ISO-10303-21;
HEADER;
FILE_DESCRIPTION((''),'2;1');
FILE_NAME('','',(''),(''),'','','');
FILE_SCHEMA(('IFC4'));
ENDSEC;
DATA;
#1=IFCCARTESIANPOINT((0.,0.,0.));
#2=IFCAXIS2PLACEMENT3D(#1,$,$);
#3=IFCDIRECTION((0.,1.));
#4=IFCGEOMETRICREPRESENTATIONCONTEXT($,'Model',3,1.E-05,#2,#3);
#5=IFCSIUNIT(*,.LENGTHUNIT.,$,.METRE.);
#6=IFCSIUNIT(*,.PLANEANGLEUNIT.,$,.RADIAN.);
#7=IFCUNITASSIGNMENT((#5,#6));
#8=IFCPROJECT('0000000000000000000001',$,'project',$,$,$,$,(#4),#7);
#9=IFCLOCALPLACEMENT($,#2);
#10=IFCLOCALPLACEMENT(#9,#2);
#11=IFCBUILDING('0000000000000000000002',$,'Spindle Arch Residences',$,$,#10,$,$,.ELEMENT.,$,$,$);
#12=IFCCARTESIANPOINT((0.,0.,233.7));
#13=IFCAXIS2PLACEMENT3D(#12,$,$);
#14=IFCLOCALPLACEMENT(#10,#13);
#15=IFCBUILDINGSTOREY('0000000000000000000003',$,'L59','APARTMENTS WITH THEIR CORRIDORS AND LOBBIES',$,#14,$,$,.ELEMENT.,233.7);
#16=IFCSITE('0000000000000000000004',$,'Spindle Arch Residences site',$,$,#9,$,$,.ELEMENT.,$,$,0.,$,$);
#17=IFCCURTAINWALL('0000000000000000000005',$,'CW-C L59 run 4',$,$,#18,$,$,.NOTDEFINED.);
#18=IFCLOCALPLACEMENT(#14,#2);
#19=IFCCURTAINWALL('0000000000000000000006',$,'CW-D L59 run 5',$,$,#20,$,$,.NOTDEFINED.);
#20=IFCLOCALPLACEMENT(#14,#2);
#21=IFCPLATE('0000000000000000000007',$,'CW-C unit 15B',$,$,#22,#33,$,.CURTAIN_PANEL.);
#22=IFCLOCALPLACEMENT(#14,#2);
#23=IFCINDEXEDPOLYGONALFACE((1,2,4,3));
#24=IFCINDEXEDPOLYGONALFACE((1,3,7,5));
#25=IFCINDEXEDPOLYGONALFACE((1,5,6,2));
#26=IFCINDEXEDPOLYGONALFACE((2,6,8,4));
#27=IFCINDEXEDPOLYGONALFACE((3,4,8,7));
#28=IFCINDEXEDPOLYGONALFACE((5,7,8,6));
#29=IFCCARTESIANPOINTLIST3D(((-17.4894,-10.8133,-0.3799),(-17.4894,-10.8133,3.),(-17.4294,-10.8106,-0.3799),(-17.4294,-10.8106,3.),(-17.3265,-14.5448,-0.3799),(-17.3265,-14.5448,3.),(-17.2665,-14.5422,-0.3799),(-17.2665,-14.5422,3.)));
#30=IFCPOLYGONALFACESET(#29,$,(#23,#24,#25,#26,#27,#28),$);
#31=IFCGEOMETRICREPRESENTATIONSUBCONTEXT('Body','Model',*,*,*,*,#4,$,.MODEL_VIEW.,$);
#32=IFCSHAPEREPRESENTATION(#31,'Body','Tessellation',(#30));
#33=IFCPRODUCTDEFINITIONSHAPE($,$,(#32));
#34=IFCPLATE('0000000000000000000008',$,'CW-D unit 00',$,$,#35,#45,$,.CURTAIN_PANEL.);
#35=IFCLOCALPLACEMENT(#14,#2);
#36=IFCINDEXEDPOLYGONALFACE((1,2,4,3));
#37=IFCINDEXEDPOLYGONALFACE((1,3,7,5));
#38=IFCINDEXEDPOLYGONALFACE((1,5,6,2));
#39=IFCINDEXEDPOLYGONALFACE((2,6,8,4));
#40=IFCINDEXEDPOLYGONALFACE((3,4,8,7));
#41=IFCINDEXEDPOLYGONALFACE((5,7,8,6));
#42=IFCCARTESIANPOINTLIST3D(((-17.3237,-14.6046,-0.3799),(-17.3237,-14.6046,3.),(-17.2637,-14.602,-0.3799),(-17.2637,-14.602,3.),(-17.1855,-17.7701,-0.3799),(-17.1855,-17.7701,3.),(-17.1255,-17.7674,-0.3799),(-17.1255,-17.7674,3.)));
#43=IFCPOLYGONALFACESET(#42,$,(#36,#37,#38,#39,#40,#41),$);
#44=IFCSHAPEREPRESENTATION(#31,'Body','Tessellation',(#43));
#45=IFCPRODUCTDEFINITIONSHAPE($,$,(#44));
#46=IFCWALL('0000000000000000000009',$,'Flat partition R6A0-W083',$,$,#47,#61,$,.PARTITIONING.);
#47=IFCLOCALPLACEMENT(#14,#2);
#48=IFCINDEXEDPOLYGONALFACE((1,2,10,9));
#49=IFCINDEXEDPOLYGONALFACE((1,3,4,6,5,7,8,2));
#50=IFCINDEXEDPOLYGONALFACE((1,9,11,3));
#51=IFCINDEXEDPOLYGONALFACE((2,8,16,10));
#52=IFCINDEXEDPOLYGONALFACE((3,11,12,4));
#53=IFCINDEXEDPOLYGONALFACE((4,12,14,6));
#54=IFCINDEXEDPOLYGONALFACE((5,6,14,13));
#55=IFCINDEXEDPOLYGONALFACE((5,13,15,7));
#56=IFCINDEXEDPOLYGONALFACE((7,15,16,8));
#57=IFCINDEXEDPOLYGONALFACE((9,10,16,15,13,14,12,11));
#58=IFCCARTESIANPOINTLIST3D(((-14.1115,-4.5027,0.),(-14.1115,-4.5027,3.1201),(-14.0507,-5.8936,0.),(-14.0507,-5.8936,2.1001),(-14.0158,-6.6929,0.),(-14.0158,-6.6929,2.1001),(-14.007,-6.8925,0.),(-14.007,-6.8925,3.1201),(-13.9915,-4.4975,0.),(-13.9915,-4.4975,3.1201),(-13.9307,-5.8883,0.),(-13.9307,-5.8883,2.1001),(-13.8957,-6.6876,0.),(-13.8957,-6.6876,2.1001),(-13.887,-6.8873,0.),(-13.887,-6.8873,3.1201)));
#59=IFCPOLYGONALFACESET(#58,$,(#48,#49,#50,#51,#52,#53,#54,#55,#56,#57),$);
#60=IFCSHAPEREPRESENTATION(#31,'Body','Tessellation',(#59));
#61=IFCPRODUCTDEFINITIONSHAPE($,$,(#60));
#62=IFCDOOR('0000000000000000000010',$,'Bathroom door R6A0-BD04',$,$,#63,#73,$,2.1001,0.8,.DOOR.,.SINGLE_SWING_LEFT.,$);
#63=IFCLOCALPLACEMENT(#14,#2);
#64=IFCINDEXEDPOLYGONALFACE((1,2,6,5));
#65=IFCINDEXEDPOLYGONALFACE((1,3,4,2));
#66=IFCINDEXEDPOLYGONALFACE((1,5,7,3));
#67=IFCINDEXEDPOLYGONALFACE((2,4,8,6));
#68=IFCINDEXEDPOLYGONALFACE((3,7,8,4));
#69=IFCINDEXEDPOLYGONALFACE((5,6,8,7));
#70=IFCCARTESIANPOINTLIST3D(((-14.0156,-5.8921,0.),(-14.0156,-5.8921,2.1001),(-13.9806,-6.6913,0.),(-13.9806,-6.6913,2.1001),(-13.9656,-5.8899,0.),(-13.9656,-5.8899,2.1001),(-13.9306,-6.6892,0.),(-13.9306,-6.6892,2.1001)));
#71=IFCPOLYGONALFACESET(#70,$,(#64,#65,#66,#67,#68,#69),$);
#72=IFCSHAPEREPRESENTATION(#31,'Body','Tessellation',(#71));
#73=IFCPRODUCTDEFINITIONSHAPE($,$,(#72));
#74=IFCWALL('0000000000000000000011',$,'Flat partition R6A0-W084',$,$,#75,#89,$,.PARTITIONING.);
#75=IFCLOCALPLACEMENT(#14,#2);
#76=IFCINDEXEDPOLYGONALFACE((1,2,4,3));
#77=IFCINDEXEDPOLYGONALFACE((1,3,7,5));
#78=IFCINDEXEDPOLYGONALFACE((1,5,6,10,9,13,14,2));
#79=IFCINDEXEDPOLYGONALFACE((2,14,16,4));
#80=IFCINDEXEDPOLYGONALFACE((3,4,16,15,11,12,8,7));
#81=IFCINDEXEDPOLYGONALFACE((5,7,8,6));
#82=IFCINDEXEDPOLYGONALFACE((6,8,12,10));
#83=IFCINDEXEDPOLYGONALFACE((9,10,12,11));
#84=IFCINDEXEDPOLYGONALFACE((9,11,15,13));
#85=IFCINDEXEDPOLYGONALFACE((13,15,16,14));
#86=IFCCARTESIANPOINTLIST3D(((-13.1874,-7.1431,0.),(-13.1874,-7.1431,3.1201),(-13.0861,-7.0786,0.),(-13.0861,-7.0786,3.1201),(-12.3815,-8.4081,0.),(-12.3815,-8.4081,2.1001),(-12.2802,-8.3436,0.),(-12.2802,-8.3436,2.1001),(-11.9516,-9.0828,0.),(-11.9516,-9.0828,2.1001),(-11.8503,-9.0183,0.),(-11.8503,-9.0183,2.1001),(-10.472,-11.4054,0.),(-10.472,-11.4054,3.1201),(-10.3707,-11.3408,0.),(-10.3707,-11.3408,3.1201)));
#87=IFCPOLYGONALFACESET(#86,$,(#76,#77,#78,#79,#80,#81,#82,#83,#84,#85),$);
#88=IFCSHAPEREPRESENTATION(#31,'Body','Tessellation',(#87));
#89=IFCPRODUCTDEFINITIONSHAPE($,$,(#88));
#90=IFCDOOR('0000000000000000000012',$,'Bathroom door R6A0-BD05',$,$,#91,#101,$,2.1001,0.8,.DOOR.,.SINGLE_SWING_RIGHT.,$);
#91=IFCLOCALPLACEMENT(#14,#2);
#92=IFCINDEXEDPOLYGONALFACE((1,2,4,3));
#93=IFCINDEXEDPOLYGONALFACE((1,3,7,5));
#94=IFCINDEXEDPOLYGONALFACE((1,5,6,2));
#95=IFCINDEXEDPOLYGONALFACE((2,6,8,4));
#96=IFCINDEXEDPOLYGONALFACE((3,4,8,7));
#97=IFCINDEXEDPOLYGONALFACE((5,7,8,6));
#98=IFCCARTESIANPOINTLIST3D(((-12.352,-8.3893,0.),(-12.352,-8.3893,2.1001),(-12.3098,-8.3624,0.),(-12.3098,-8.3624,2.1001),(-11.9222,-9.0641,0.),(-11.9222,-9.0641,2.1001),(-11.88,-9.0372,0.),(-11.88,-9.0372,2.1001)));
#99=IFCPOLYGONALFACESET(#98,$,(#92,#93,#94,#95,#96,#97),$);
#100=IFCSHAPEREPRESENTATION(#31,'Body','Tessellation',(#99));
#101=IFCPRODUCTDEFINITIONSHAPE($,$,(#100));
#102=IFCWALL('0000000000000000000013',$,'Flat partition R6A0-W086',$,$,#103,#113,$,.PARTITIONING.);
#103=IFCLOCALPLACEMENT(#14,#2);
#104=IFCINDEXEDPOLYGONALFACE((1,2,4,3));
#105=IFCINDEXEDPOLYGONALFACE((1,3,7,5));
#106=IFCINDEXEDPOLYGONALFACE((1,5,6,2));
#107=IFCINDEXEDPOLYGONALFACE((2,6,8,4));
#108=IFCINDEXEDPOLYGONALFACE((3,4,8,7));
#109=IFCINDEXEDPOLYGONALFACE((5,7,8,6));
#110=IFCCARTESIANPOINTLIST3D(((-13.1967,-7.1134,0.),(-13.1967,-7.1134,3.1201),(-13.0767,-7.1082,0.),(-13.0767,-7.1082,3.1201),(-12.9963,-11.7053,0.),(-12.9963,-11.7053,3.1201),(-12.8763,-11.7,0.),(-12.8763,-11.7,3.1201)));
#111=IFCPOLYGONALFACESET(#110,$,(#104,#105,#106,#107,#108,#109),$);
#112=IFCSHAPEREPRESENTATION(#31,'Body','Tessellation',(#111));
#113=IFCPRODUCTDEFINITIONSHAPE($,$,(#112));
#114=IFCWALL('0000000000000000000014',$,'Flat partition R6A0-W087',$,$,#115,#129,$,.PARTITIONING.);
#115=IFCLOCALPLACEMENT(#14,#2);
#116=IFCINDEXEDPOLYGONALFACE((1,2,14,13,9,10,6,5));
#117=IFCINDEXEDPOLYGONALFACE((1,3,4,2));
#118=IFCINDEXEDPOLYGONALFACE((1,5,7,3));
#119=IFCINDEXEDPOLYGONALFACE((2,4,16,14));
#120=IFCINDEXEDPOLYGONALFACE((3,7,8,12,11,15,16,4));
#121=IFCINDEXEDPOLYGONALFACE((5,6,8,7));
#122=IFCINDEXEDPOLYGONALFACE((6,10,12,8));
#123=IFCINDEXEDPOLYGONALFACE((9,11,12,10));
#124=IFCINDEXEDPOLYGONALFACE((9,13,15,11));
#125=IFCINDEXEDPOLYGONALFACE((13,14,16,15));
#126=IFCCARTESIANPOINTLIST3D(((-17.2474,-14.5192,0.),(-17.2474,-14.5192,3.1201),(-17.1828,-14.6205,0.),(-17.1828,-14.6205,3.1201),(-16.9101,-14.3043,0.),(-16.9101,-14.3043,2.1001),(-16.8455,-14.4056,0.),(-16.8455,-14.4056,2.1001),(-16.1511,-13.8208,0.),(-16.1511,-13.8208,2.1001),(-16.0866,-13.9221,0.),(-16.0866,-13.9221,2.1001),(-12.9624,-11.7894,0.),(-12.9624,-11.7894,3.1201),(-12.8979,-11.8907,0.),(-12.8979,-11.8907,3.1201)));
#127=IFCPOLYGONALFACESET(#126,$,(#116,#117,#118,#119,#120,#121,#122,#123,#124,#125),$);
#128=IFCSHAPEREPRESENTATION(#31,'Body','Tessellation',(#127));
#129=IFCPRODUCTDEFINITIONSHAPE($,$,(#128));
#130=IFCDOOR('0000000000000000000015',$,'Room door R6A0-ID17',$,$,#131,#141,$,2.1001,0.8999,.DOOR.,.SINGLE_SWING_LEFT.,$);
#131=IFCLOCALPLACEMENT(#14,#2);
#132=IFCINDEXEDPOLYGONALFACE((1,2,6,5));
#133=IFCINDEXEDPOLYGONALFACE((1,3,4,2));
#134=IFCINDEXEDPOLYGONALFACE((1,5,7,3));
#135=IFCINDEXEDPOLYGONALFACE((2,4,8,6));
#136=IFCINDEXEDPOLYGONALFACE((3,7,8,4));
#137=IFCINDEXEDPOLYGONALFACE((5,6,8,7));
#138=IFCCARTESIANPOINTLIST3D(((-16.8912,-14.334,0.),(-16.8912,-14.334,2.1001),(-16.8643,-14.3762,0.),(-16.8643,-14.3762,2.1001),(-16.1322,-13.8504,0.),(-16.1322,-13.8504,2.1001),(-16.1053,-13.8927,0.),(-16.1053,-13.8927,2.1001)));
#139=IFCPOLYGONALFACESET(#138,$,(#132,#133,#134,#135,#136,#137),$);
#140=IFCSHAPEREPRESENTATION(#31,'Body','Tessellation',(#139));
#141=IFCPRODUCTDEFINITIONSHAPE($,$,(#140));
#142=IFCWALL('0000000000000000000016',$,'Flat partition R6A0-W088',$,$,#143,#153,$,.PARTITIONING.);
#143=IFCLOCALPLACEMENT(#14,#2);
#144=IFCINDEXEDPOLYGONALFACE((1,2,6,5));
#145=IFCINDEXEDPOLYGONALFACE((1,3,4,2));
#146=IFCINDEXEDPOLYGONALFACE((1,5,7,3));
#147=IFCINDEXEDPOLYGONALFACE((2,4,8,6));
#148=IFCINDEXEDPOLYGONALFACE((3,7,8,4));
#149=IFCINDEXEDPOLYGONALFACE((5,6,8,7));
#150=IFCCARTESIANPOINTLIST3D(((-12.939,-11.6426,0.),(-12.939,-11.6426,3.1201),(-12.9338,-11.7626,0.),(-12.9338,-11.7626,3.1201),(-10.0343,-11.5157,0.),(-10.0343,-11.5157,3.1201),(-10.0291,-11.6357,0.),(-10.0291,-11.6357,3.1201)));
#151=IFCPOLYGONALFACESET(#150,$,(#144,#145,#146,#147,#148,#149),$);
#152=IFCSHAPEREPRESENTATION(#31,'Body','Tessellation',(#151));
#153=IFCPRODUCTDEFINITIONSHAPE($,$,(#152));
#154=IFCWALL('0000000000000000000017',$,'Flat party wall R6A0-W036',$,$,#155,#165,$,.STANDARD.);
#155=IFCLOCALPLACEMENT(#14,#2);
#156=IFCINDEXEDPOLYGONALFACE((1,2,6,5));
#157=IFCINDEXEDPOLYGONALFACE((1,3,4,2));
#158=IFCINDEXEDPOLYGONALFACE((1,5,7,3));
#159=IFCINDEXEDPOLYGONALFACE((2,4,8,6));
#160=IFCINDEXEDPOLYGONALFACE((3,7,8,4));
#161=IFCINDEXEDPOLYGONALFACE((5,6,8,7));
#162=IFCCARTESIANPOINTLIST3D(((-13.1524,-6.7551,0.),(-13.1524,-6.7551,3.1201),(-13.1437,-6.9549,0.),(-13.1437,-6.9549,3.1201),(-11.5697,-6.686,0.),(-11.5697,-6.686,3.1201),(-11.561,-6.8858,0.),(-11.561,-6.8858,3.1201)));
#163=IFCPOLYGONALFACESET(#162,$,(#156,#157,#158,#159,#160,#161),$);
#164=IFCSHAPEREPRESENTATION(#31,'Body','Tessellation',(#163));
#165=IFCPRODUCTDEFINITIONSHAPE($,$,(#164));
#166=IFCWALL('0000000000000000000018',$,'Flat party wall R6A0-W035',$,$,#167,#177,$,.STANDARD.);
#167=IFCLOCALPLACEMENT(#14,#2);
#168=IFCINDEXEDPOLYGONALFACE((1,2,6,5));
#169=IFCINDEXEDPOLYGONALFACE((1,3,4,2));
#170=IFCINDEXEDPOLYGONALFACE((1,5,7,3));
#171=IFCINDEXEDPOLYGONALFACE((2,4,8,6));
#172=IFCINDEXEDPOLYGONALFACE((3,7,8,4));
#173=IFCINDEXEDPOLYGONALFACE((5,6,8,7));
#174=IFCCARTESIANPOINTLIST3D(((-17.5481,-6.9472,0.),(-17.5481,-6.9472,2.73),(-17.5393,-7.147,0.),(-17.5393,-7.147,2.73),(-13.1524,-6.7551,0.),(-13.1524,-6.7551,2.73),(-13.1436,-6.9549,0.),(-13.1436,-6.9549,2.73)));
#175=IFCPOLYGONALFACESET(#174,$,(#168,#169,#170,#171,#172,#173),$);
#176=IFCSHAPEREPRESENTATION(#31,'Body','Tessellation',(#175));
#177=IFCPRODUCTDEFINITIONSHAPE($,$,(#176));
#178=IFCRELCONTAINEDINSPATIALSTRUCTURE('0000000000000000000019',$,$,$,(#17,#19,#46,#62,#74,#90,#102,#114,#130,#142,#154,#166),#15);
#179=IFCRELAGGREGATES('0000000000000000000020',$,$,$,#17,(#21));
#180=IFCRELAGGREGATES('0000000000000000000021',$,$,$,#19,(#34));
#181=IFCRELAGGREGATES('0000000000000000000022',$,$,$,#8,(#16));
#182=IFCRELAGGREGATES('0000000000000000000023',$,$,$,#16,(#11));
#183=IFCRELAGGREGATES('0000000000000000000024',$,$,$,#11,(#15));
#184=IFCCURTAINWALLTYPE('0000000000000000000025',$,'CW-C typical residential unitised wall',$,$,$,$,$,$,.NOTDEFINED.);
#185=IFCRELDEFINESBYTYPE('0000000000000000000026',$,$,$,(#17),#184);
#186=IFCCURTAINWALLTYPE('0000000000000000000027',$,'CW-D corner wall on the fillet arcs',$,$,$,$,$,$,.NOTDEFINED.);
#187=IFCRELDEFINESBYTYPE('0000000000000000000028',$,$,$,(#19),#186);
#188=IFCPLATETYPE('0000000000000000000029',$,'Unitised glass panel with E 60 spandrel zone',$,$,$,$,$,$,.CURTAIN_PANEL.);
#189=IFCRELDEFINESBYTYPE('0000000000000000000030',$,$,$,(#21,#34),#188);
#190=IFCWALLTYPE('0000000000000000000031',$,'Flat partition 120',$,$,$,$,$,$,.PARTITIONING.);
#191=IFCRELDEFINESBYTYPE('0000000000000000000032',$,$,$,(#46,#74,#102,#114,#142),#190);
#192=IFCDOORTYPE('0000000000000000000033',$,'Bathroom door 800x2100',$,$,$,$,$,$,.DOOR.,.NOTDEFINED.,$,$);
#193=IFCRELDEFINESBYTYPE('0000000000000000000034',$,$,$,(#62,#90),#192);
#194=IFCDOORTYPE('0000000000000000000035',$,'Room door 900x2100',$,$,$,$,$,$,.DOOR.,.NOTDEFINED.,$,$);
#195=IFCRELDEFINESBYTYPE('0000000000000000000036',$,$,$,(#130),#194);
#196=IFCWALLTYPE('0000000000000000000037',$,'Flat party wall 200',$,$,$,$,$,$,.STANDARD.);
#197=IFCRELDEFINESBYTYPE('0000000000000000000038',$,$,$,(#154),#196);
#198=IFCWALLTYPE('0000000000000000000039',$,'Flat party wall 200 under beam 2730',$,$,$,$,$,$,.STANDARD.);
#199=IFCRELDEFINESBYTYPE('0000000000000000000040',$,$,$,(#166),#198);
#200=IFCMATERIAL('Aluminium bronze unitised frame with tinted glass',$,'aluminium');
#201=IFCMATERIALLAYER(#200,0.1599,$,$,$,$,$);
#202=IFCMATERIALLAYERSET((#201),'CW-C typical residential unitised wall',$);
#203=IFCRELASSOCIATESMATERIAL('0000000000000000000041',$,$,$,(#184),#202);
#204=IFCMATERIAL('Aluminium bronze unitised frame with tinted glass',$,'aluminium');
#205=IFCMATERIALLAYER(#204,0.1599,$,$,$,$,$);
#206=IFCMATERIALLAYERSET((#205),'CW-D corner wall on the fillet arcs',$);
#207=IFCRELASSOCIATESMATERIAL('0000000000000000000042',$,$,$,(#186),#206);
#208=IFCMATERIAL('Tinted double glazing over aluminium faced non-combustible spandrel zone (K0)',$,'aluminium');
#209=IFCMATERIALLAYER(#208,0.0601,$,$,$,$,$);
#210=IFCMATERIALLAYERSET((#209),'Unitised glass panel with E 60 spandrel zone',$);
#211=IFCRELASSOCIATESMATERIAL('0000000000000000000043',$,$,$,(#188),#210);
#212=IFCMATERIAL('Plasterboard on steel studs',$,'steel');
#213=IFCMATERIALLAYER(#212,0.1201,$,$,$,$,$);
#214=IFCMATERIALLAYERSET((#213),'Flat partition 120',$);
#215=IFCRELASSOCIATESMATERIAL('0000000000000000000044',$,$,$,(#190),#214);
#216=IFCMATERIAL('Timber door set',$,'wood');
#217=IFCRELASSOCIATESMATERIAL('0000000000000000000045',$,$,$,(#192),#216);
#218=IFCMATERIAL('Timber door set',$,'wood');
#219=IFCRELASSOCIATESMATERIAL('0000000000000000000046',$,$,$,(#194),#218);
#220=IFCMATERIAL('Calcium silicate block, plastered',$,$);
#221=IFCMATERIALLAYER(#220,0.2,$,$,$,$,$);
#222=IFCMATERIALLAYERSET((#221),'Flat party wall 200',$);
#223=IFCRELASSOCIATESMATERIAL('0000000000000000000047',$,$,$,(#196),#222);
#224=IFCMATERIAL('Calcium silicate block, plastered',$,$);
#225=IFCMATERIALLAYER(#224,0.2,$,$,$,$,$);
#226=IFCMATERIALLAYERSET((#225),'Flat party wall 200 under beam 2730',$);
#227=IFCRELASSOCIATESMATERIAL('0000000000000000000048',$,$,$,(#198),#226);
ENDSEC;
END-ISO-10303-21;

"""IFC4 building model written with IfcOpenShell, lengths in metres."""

from ifc_helpers import new_model, si_unit, direction, frame, frame_2d, origin, origin_2d, place, context, subcontext, project, spatial, rectangle, extrude, material, layer, layer_set, type_object, element, fill, aggregate, save


model = new_model("IFC4")

# Units and contexts
model_context = context("Model", 3, precision=1e-05, world=origin(), true_north=direction((0.0, 1.0)))
body_context = subcontext(model_context, "Body", "Model", "MODEL_VIEW")
ifc_project = project(units=[si_unit("LENGTHUNIT", "METRE"), si_unit("PLANEANGLEUNIT", "RADIAN")], contexts=[model_context])

# Site, building, storey
site_placement = place(None, origin())
site = spatial("IfcSite", under=ifc_project, at=site_placement, Name="Spindle Arch Residences site", CompositionType="ELEMENT", RefElevation=0.0)
building_placement = place(site_placement, origin())
building = spatial("IfcBuilding", under=site, at=building_placement, Name="Spindle Arch Residences", CompositionType="ELEMENT")
storey_placement = place(building_placement, frame((0.0, 0.0, 233.7)))
storey = spatial("IfcBuildingStorey", under=building, at=storey_placement, Name="L59", Description="APARTMENTS WITH THEIR CORRIDORS AND LOBBIES", CompositionType="ELEMENT", Elevation=233.7)

# Curtain wall
ifc_material_1 = material(Name="Aluminium bronze unitised frame with tinted glass", Category="aluminium")
ifc_layer_1 = layer(ifc_material_1, 0.1599)
ifc_layer_set_1 = layer_set([ifc_layer_1], Name="CW-C typical residential unitised wall")
curtain_wall_type_1 = type_object("IfcCurtainWallType", Name="CW-C typical residential unitised wall", PredefinedType="NOTDEFINED", material=ifc_layer_set_1)
curtain_wall_1_placement = place(storey_placement, origin())
curtain_wall_1 = element("IfcCurtainWall", 1, at=curtain_wall_1_placement, inside=storey, type_object=curtain_wall_type_1, Name="CW-C L59 run 4", PredefinedType="NOTDEFINED")

# Curtain wall
ifc_material_2 = material(Name="Aluminium bronze unitised frame with tinted glass", Category="aluminium")
ifc_layer_2 = layer(ifc_material_2, 0.1599)
ifc_layer_set_2 = layer_set([ifc_layer_2], Name="CW-D corner wall on the fillet arcs")
curtain_wall_type_2 = type_object("IfcCurtainWallType", Name="CW-D corner wall on the fillet arcs", PredefinedType="NOTDEFINED", material=ifc_layer_set_2)
curtain_wall_2_placement = place(storey_placement, origin())
curtain_wall_2 = element("IfcCurtainWall", 2, at=curtain_wall_2_placement, inside=storey, type_object=curtain_wall_type_2, Name="CW-D L59 run 5", PredefinedType="NOTDEFINED")

# Plates
ifc_material_3 = material(Name="Tinted double glazing over aluminium faced non-combustible spandrel zone (K0)", Category="aluminium")
ifc_layer_3 = layer(ifc_material_3, 0.0601)
ifc_layer_set_3 = layer_set([ifc_layer_3], Name="Unitised glass panel with E 60 spandrel zone")
plate_type = type_object("IfcPlateType", Name="Unitised glass panel with E 60 spandrel zone", PredefinedType="CURTAIN_PANEL", material=ifc_layer_set_3)
plate_1_placement = place(storey_placement, frame((-17.3779, -12.6777, -0.3799), z_axis=(0.0, 0.0, 1.0), x_axis=(0.043619, -0.999048, 0.0)))
plate_1 = element("IfcPlate", 3, at=plate_1_placement, type_object=plate_type, Name="CW-C unit 15B", PredefinedType="CURTAIN_PANEL", context=body_context, shape_type="SweptSolid", body=[
    extrude(rectangle(XDim=3.7351, YDim=0.0601, at=origin_2d()), origin(), (0.0, 0.0, 1.0), 3.3799),
])
aggregate(curtain_wall_1, [plate_1])
plate_2_placement = place(storey_placement, frame((-17.2246, -16.186, -0.3799), z_axis=(0.0, 0.0, 1.0), x_axis=(0.043619, -0.999048, 0.0)))
plate_2 = element("IfcPlate", 4, at=plate_2_placement, type_object=plate_type, Name="CW-D unit 00", PredefinedType="CURTAIN_PANEL", context=body_context, shape_type="SweptSolid", body=[
    extrude(rectangle(XDim=3.1685, YDim=0.0601, at=origin_2d()), origin(), (0.0, 0.0, 1.0), 3.3799),
])
aggregate(curtain_wall_2, [plate_2])

# Walls, openings, doors
ifc_material_4 = material(Name="Plasterboard on steel studs", Category="steel")
ifc_layer_4 = layer(ifc_material_4, 0.1201)
ifc_layer_set_4 = layer_set([ifc_layer_4], Name="Flat partition 120")
wall_type_1 = type_object("IfcWallType", Name="Flat partition 120", PredefinedType="PARTITIONING", material=ifc_layer_set_4)
wall_1_placement = place(storey_placement, frame((-13.947, -6.8899, 0.0), z_axis=(0.0, 0.0, 1.0), x_axis=(-0.043681, 0.999046, 0.0)))
wall_1 = element("IfcWall", 5, at=wall_1_placement, inside=storey, type_object=wall_type_1, Name="Flat partition R6A0-W083", PredefinedType="PARTITIONING", context=body_context, shape_type="SweptSolid", body=[
    extrude(rectangle(XDim=2.3921, YDim=0.1201, at=frame_2d((1.196, 0.0))), origin(), (0.0, 0.0, 1.0), 3.1201),
])
opening_1_placement = place(wall_1_placement, frame((0.2, 0.0, 0.0)))
opening_1 = element("IfcOpeningElement", 6, at=opening_1_placement, cuts=wall_1, PredefinedType="OPENING", context=body_context, shape_type="SweptSolid", body=[
    extrude(rectangle(XDim=0.8, YDim=2.1001, at=frame_2d((0.3999, 1.05))), frame((0.0, 0.0701, 0.0), z_axis=(0.0, -1.0, 0.0), x_axis=(1.0, 0.0, 0.0)), (0.0, 0.0, 1.0), 0.1401),
])
ifc_material_5 = material(Name="Timber door set", Category="wood")
door_type_1 = type_object("IfcDoorType", Name="Bathroom door 800x2100", OperationType="NOTDEFINED", PredefinedType="DOOR", material=ifc_material_5)
door_1_placement = place(opening_1_placement, origin())
door_1 = element("IfcDoor", 7, at=door_1_placement, inside=storey, type_object=door_type_1, Name="Bathroom door R6A0-BD04", OperationType="SINGLE_SWING_LEFT", OverallHeight=2.1001, OverallWidth=0.8, PredefinedType="DOOR", context=body_context, shape_type="SweptSolid", body=[
    extrude(rectangle(XDim=0.8, YDim=2.1001, at=frame_2d((0.3999, 1.05))), frame((0.0, 0.0249, 0.0), z_axis=(0.0, -1.0, 0.0), x_axis=(1.0, 0.0, 0.0)), (0.0, 0.0, 1.0), 0.05),
])
fill(opening_1, door_1)
wall_2_placement = place(storey_placement, frame((-13.1367, -7.1108, 0.0), z_axis=(0.0, 0.0, 1.0), x_axis=(0.537301, -0.843391, 0.0)))
wall_2 = element("IfcWall", 8, at=wall_2_placement, inside=storey, type_object=wall_type_1, Name="Flat partition R6A0-W084", PredefinedType="PARTITIONING", context=body_context, shape_type="SweptSolid", body=[
    extrude(rectangle(XDim=5.0537, YDim=0.1201, at=frame_2d((2.5269, 0.0))), origin(), (0.0, 0.0, 1.0), 3.1201),
])
opening_2_placement = place(wall_2_placement, frame((1.5, 0.0, 0.0)))
opening_2 = element("IfcOpeningElement", 9, at=opening_2_placement, cuts=wall_2, PredefinedType="OPENING", context=body_context, shape_type="SweptSolid", body=[
    extrude(rectangle(XDim=0.8, YDim=2.1001, at=frame_2d((0.3999, 1.05))), frame((0.0, 0.0701, 0.0), z_axis=(0.0, -1.0, 0.0), x_axis=(1.0, 0.0, 0.0)), (0.0, 0.0, 1.0), 0.1401),
])
door_2_placement = place(opening_2_placement, origin())
door_2 = element("IfcDoor", 10, at=door_2_placement, inside=storey, type_object=door_type_1, Name="Bathroom door R6A0-BD05", OperationType="SINGLE_SWING_RIGHT", OverallHeight=2.1001, OverallWidth=0.8, PredefinedType="DOOR", context=body_context, shape_type="SweptSolid", body=[
    extrude(rectangle(XDim=0.8, YDim=2.1001, at=frame_2d((0.3999, 1.05))), frame((0.0, 0.0249, 0.0), z_axis=(0.0, -1.0, 0.0), x_axis=(1.0, 0.0, 0.0)), (0.0, 0.0, 1.0), 0.05),
])
fill(opening_2, door_2)

# Wall
wall_3_placement = place(storey_placement, frame((-12.9363, -11.7026, 0.0), z_axis=(0.0, 0.0, 1.0), x_axis=(-0.04361, 0.999049, 0.0)))
element("IfcWall", 11, at=wall_3_placement, inside=storey, type_object=wall_type_1, Name="Flat partition R6A0-W086", PredefinedType="PARTITIONING", context=body_context, shape_type="SweptSolid", body=[
    extrude(rectangle(XDim=4.5962, YDim=0.1201, at=frame_2d((2.2981, 0.0))), origin(), (0.0, 0.0, 1.0), 3.1201),
])

# Wall, opening, door
wall_4_placement = place(storey_placement, frame((-17.2151, -14.5698, 0.0), z_axis=(0.0, 0.0, 1.0), x_axis=(0.843396, 0.537292, 0.0)))
wall_4 = element("IfcWall", 12, at=wall_4_placement, inside=storey, type_object=wall_type_1, Name="Flat partition R6A0-W087", PredefinedType="PARTITIONING", context=body_context, shape_type="SweptSolid", body=[
    extrude(rectangle(XDim=5.0806, YDim=0.1201, at=frame_2d((2.5403, 0.0))), origin(), (0.0, 0.0, 1.0), 3.1201),
])
opening_3_placement = place(wall_4_placement, frame((0.3999, 0.0, 0.0)))
opening_3 = element("IfcOpeningElement", 13, at=opening_3_placement, cuts=wall_4, PredefinedType="OPENING", context=body_context, shape_type="SweptSolid", body=[
    extrude(rectangle(XDim=0.8999, YDim=2.1001, at=frame_2d((0.45, 1.05))), frame((0.0, 0.0701, 0.0), z_axis=(0.0, -1.0, 0.0), x_axis=(1.0, 0.0, 0.0)), (0.0, 0.0, 1.0), 0.1401),
])
ifc_material_6 = material(Name="Timber door set", Category="wood")
door_type_2 = type_object("IfcDoorType", Name="Room door 900x2100", OperationType="NOTDEFINED", PredefinedType="DOOR", material=ifc_material_6)
door_3_placement = place(opening_3_placement, origin())
door_3 = element("IfcDoor", 14, at=door_3_placement, inside=storey, type_object=door_type_2, Name="Room door R6A0-ID17", OperationType="SINGLE_SWING_LEFT", OverallHeight=2.1001, OverallWidth=0.8999, PredefinedType="DOOR", context=body_context, shape_type="SweptSolid", body=[
    extrude(rectangle(XDim=0.8999, YDim=2.1001, at=frame_2d((0.45, 1.05))), frame((0.0, 0.0249, 0.0), z_axis=(0.0, -1.0, 0.0), x_axis=(1.0, 0.0, 0.0)), (0.0, 0.0, 1.0), 0.05),
])
fill(opening_3, door_3)

# Walls
wall_5_placement = place(storey_placement, frame((-12.9363, -11.7026, 0.0), z_axis=(0.0, 0.0, 1.0), x_axis=(0.999046, 0.043663, 0.0)))
element("IfcWall", 15, at=wall_5_placement, inside=storey, type_object=wall_type_1, Name="Flat partition R6A0-W088", PredefinedType="PARTITIONING", context=body_context, shape_type="SweptSolid", body=[
    extrude(rectangle(XDim=2.9075, YDim=0.1201, at=frame_2d((1.4536, 0.0))), origin(), (0.0, 0.0, 1.0), 3.1201),
])
ifc_material_7 = material(Name="Calcium silicate block, plastered")
ifc_layer_5 = layer(ifc_material_7, 0.2)
ifc_layer_set_5 = layer_set([ifc_layer_5], Name="Flat party wall 200")
wall_type_2 = type_object("IfcWallType", Name="Flat party wall 200", PredefinedType="STANDARD", material=ifc_layer_set_5)
wall_6_placement = place(storey_placement, frame((-13.1479, -6.855, 0.0), z_axis=(0.0, 0.0, 1.0), x_axis=(0.999049, 0.043611, 0.0)))
element("IfcWall", 16, at=wall_6_placement, inside=storey, type_object=wall_type_2, Name="Flat party wall R6A0-W036", PredefinedType="STANDARD", context=body_context, shape_type="SweptSolid", body=[
    extrude(rectangle(XDim=1.5842, YDim=0.2, at=frame_2d((0.792, 0.0))), origin(), (0.0, 0.0, 1.0), 3.1201),
])
ifc_material_8 = material(Name="Calcium silicate block, plastered")
ifc_layer_6 = layer(ifc_material_8, 0.2)
ifc_layer_set_6 = layer_set([ifc_layer_6], Name="Flat party wall 200 under beam 2730")
wall_type_3 = type_object("IfcWallType", Name="Flat party wall 200 under beam 2730", PredefinedType="STANDARD", material=ifc_layer_set_6)
wall_7_placement = place(storey_placement, frame((-17.5437, -7.0471, 0.0), z_axis=(0.0, 0.0, 1.0), x_axis=(0.999046, 0.043668, 0.0)))
element("IfcWall", 17, at=wall_7_placement, inside=storey, type_object=wall_type_3, Name="Flat party wall R6A0-W035", PredefinedType="STANDARD", context=body_context, shape_type="SweptSolid", body=[
    extrude(rectangle(XDim=4.3999, YDim=0.2, at=frame_2d((2.2, 0.0))), origin(), (0.0, 0.0, 1.0), 2.73),
])

save(model, "model.ifc")
